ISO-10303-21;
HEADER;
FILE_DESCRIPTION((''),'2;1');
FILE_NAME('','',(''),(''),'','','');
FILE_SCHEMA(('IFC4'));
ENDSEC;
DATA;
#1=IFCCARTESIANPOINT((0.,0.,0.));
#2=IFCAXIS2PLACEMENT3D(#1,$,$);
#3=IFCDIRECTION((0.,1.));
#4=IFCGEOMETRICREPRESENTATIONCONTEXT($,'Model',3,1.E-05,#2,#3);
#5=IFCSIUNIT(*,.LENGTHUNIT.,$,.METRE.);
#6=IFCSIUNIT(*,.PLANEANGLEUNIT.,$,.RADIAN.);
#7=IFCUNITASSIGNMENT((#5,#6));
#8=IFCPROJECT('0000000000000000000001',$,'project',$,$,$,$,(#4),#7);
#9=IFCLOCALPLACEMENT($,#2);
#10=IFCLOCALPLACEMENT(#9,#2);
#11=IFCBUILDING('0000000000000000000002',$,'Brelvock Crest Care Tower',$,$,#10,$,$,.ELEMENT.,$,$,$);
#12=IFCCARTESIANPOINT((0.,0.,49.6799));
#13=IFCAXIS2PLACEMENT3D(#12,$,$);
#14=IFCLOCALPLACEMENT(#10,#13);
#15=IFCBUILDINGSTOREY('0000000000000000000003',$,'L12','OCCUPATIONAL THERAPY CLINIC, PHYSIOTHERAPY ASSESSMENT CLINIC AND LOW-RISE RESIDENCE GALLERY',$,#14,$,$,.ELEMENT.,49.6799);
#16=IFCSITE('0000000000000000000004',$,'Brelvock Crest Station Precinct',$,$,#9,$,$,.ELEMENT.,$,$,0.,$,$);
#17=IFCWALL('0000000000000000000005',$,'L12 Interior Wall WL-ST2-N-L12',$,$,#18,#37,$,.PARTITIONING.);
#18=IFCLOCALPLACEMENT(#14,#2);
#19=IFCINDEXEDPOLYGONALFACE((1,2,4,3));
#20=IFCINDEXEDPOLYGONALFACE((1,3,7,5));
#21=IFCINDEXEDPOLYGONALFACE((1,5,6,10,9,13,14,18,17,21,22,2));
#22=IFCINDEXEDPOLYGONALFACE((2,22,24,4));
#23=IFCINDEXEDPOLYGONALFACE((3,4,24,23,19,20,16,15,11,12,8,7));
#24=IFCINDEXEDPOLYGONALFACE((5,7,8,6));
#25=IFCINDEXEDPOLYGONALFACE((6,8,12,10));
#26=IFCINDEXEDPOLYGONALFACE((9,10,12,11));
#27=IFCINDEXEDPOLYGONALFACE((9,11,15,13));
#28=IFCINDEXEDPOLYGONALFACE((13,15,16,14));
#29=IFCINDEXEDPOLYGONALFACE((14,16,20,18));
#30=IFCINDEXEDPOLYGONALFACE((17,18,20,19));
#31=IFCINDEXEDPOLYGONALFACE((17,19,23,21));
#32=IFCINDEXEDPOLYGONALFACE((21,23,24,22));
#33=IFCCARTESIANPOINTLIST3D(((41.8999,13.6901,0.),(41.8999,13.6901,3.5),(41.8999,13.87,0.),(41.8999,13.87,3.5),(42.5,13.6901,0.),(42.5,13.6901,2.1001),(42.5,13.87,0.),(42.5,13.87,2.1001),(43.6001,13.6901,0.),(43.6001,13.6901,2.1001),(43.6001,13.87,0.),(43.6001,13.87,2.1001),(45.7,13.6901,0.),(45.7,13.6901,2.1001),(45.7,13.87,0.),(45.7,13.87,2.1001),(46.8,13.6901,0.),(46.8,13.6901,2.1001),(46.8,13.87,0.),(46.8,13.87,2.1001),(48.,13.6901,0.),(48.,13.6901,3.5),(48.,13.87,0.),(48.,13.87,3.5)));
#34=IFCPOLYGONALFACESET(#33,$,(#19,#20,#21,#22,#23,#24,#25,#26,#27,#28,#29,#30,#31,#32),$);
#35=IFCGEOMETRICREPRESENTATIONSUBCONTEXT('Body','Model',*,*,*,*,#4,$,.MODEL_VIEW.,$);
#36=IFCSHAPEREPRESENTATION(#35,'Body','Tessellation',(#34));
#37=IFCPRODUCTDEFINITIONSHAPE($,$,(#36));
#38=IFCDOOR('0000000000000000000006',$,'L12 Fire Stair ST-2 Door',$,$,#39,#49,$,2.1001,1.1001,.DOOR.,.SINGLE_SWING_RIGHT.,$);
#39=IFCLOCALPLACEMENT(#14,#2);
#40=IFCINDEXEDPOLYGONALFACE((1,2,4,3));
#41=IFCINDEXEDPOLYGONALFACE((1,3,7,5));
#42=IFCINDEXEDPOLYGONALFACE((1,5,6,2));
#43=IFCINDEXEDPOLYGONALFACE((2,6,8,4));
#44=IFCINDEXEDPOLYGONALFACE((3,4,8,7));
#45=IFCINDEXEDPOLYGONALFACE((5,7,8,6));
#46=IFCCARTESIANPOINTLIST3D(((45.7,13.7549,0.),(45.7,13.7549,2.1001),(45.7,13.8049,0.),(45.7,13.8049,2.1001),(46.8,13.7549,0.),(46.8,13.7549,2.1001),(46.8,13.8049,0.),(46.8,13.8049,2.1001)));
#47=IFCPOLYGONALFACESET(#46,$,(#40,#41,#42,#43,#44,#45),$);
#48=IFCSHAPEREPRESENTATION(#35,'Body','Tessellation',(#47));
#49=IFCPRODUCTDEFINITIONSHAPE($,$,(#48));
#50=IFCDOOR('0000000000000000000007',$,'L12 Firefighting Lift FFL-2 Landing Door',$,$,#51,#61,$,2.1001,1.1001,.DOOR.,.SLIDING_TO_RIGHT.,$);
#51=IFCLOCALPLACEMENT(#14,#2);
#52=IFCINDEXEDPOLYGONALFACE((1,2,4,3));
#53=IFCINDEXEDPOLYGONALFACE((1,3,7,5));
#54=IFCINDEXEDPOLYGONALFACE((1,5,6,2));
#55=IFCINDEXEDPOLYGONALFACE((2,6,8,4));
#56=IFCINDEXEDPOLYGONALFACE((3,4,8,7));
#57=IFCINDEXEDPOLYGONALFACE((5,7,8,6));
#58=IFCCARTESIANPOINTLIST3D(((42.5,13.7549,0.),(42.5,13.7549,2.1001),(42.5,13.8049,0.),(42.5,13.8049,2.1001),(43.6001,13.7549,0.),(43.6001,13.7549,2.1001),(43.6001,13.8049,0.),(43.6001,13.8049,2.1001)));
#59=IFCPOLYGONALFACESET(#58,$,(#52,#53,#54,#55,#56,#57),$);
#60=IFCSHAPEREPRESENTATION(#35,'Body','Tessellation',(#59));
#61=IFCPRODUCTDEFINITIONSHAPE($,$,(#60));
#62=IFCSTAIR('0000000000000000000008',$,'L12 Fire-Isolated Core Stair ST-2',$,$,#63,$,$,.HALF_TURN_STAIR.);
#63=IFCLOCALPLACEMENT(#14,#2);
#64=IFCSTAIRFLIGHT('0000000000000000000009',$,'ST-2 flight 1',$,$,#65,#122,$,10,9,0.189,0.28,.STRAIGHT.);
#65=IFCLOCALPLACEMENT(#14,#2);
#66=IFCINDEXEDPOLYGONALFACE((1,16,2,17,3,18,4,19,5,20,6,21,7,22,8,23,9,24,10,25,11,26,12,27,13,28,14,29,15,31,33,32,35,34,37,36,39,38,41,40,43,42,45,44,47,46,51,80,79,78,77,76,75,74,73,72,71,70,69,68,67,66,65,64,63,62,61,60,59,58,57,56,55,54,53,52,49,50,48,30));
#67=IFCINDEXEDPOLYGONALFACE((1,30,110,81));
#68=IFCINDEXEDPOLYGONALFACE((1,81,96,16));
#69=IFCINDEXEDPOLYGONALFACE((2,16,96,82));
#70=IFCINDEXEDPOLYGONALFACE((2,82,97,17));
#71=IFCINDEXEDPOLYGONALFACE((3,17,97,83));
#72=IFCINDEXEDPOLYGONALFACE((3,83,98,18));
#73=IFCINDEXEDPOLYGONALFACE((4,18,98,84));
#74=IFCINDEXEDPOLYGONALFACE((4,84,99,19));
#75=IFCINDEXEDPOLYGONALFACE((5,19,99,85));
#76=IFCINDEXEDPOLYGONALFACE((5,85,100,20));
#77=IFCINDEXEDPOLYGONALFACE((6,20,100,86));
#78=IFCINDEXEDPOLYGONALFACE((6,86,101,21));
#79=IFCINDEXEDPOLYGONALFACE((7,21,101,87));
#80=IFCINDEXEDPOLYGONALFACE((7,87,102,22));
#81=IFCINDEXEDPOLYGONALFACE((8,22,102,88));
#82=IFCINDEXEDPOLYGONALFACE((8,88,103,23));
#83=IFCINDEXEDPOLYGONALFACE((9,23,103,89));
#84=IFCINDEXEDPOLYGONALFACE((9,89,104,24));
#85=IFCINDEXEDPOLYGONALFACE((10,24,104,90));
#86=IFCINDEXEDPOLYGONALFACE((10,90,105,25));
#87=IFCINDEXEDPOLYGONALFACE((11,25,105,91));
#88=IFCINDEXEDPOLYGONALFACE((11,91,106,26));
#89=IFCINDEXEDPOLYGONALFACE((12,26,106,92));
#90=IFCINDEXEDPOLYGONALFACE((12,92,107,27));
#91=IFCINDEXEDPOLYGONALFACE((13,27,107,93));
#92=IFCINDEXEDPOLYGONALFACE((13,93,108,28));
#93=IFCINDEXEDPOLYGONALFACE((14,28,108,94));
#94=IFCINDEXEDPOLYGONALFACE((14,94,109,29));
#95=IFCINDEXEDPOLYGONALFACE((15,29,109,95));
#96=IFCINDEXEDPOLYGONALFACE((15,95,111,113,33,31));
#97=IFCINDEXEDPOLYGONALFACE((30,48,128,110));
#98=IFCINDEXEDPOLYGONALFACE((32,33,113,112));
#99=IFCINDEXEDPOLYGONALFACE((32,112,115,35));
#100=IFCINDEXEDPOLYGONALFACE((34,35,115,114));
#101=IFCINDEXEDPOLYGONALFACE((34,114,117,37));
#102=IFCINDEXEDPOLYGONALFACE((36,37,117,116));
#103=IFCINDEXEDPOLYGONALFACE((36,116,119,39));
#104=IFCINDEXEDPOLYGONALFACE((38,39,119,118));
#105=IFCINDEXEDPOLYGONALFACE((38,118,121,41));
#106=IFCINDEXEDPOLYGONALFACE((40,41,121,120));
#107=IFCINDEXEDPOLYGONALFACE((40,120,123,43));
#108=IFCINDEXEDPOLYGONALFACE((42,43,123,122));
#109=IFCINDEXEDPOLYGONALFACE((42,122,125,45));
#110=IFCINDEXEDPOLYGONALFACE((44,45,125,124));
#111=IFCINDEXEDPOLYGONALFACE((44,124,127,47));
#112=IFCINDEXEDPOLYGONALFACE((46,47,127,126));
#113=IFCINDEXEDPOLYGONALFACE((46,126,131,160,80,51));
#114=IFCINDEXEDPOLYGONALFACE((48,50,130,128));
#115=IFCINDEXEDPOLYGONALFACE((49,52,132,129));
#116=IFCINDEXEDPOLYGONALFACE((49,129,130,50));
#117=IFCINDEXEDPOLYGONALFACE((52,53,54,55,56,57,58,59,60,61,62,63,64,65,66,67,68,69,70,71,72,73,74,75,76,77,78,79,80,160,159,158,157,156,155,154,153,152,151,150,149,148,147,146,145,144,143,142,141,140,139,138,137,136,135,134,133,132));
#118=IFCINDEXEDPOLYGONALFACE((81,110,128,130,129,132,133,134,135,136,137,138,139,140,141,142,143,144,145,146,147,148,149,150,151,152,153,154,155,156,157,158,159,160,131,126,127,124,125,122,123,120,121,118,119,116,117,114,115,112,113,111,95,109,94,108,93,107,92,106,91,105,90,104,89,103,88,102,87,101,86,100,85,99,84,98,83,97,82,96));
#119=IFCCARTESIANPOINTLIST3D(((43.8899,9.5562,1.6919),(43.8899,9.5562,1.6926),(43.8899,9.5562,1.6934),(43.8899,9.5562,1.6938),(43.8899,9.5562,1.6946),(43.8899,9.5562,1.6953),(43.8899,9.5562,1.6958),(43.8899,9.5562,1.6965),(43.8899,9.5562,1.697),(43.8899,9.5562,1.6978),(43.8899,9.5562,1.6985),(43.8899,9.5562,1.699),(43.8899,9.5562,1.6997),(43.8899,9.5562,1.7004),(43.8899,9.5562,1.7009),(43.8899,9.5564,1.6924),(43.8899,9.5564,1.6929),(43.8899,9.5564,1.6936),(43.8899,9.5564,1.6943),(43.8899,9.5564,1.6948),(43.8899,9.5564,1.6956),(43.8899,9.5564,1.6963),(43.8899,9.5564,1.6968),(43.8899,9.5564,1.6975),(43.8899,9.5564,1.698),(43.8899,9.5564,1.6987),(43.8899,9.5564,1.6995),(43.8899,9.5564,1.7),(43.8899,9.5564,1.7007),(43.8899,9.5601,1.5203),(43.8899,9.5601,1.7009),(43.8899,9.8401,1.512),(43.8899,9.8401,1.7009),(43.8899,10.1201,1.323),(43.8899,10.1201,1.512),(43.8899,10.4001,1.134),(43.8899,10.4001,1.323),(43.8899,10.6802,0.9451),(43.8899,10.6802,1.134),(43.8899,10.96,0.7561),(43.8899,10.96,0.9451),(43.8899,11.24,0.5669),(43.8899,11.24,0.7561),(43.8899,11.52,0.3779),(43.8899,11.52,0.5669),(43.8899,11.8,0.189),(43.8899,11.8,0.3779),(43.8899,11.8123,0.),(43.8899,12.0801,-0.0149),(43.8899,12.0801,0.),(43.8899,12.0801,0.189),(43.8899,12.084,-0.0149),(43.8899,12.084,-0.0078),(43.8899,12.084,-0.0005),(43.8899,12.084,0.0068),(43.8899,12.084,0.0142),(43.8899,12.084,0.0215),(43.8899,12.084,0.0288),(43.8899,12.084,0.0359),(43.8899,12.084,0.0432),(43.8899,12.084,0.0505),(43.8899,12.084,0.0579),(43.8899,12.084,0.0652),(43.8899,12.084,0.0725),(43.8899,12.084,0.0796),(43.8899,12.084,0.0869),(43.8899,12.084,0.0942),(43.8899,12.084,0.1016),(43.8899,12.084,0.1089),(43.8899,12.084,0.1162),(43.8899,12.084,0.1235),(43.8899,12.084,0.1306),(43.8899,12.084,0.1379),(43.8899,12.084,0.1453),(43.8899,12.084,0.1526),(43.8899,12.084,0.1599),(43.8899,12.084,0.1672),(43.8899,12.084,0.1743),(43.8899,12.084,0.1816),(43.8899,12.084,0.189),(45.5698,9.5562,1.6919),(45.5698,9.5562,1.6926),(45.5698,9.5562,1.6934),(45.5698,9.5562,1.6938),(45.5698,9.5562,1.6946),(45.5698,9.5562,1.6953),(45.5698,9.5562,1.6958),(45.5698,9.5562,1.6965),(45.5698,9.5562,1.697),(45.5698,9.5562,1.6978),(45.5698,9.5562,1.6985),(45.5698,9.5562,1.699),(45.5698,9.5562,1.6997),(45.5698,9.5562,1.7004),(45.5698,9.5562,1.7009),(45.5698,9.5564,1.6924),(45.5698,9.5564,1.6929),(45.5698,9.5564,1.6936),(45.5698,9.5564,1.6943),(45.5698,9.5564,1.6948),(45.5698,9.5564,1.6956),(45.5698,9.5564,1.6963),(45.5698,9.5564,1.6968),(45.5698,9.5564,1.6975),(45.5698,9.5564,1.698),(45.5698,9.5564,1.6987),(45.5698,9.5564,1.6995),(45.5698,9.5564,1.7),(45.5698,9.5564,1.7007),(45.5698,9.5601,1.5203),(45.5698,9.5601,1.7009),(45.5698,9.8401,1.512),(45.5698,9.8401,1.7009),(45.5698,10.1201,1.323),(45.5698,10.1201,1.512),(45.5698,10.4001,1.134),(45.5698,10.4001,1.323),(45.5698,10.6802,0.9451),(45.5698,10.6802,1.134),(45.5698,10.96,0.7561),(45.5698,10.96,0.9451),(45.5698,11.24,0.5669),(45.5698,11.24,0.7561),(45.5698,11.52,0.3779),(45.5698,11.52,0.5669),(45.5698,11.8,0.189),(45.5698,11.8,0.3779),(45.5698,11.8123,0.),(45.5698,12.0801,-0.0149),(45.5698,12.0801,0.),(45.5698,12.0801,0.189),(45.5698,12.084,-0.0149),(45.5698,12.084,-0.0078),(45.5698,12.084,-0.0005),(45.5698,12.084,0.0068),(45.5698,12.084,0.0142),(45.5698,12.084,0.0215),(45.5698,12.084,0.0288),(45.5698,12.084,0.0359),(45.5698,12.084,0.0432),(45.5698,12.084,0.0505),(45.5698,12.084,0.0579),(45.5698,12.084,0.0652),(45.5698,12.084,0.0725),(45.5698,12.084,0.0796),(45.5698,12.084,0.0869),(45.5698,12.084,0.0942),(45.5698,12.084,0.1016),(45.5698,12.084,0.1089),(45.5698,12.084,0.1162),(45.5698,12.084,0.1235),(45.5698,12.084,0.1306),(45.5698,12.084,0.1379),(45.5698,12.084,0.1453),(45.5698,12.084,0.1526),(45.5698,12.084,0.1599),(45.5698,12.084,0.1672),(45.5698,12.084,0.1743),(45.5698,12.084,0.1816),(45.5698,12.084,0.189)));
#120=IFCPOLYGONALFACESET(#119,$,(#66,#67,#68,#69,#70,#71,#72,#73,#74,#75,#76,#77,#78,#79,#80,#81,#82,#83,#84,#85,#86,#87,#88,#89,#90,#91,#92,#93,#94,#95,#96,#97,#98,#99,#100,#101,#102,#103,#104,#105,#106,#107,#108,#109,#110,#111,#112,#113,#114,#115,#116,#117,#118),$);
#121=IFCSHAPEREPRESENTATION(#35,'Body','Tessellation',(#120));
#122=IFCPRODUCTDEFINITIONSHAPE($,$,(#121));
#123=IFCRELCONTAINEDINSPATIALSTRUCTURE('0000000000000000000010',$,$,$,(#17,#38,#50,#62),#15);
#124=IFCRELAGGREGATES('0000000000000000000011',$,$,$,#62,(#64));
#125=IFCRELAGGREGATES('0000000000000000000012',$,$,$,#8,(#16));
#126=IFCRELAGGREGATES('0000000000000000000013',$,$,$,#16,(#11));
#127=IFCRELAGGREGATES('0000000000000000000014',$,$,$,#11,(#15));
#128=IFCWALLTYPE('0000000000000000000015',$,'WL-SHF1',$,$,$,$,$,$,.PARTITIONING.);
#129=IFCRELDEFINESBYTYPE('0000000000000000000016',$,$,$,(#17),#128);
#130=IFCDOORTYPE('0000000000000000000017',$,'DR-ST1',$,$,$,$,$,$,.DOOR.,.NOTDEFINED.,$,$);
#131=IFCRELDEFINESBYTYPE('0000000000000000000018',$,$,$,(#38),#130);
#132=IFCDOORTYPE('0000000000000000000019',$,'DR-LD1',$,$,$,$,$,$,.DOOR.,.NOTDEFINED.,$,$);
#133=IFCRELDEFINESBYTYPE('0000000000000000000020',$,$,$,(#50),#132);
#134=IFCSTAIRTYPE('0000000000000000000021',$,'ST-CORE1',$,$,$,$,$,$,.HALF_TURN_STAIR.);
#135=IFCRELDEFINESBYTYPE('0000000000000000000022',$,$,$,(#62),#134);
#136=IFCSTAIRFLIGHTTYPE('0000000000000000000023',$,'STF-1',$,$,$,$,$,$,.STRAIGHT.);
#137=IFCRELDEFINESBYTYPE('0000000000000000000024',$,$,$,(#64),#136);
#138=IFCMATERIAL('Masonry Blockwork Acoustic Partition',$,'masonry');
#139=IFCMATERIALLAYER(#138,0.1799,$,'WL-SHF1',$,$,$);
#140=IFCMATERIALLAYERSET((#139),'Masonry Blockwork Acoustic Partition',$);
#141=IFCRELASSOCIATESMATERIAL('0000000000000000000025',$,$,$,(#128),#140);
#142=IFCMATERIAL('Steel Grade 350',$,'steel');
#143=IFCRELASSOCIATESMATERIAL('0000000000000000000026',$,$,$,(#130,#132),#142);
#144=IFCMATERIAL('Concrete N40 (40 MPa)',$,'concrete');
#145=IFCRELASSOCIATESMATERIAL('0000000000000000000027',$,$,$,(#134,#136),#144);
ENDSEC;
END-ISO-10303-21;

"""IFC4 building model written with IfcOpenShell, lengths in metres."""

from ifc_helpers import new_model, si_unit, direction, frame, frame_2d, origin, origin_2d, place, context, subcontext, project, spatial, polyline, rectangle, outline, extrude, source, transform, mapped, material, layer, layer_set, type_object, element, fill, aggregate, save


model = new_model("IFC4")

# Units and contexts
model_context = context("Model", 3, precision=1e-05, world=origin(), true_north=direction((0.0, 1.0)))
body_context = subcontext(model_context, "Body", "Model", "MODEL_VIEW")
ifc_project = project(units=[si_unit("LENGTHUNIT", "METRE"), si_unit("PLANEANGLEUNIT", "RADIAN")], contexts=[model_context])

# Site, building, storey
site_placement = place(None, origin())
site = spatial("IfcSite", under=ifc_project, at=site_placement, Name="Brelvock Crest Station Precinct", CompositionType="ELEMENT", RefElevation=0.0)
building_placement = place(site_placement, origin())
building = spatial("IfcBuilding", under=site, at=building_placement, Name="Brelvock Crest Care Tower", CompositionType="ELEMENT")
storey_placement = place(building_placement, frame((0.0, 0.0, 49.6799)))
storey = spatial("IfcBuildingStorey", under=building, at=storey_placement, Name="L12", Description="OCCUPATIONAL THERAPY CLINIC, PHYSIOTHERAPY ASSESSMENT CLINIC AND LOW-RISE RESIDENCE GALLERY", CompositionType="ELEMENT", Elevation=49.6799)

# Shared definitions
ifc_material_1 = material(Name="Steel Grade 350", Category="steel")

# Wall, openings, doors
ifc_material_2 = material(Name="Masonry Blockwork Acoustic Partition", Category="masonry")
ifc_layer_1 = layer(ifc_material_2, 0.1799, Name="WL-SHF1")
ifc_layer_set_1 = layer_set([ifc_layer_1], Name="Masonry Blockwork Acoustic Partition")
wall_type_1 = type_object("IfcWallType", Name="WL-SHF1", PredefinedType="PARTITIONING", material=ifc_layer_set_1)
wall_1_placement = place(storey_placement, frame((41.8999, 13.78, 0.0), z_axis=(0.0, 0.0, 1.0), x_axis=(1.0, 0.0, 0.0)))
wall_1 = element("IfcWall", 1, at=wall_1_placement, inside=storey, type_object=wall_type_1, Name="L12 Interior Wall WL-ST2-N-L12", PredefinedType="PARTITIONING", context=body_context, shape_type="SweptSolid", body=[
    extrude(rectangle(XDim=6.1001, YDim=0.1799, at=frame_2d((3.05, 0.0))), origin(), (0.0, 0.0, 1.0), 3.5),
])
opening_1_placement = place(wall_1_placement, frame((0.6001, 0.0, 0.0)))
opening_1 = element("IfcOpeningElement", 2, at=opening_1_placement, cuts=wall_1, PredefinedType="OPENING", context=body_context, shape_type="SweptSolid", body=[
    extrude(rectangle(XDim=1.1001, YDim=2.1001, at=origin_2d()), frame((0.55, 0.1001, 1.05), z_axis=(0.0, -1.0, 0.0), x_axis=(1.0, 0.0, 0.0)), (0.0, 0.0, 1.0), 0.2),
])
opening_2_placement = place(wall_1_placement, frame((3.8, 0.0, 0.0)))
opening_2 = element("IfcOpeningElement", 3, at=opening_2_placement, cuts=wall_1, PredefinedType="OPENING", context=body_context, shape_type="SweptSolid", body=[
    extrude(rectangle(XDim=1.1001, YDim=2.1001, at=origin_2d()), frame((0.55, 0.1001, 1.05), z_axis=(0.0, -1.0, 0.0), x_axis=(1.0, 0.0, 0.0)), (0.0, 0.0, 1.0), 0.2),
])
door_type_1 = type_object("IfcDoorType", Name="DR-ST1", OperationType="NOTDEFINED", PredefinedType="DOOR", material=ifc_material_1)
shared_shape_1 = source(origin(), body_context, "Body", "SweptSolid", [
    extrude(rectangle(XDim=1.1001, YDim=2.1001, at=origin_2d()), frame((0.55, 0.0249, 1.05), z_axis=(0.0, -1.0, 0.0), x_axis=(1.0, 0.0, 0.0)), (0.0, 0.0, 1.0), 0.05),
])
door_1_placement = place(opening_2_placement, origin())
door_1 = element("IfcDoor", 4, at=door_1_placement, inside=storey, type_object=door_type_1, Name="L12 Fire Stair ST-2 Door", OperationType="SINGLE_SWING_RIGHT", OverallHeight=2.1001, OverallWidth=1.1001, PredefinedType="DOOR", context=body_context, shape_type="MappedRepresentation", body=[
    mapped(shared_shape_1, transform((0.0, 0.0, 0.0), x_axis=(1.0, 0.0, 0.0), y_axis=(0.0, 1.0, 0.0), z_axis=(0.0, 0.0, 1.0), scale=1.0)),
])
fill(opening_2, door_1)
door_type_2 = type_object("IfcDoorType", Name="DR-LD1", OperationType="NOTDEFINED", PredefinedType="DOOR", material=ifc_material_1)
shared_shape_2 = source(origin(), body_context, "Body", "SweptSolid", [
    extrude(rectangle(XDim=1.1001, YDim=2.1001, at=origin_2d()), frame((0.55, 0.0249, 1.05), z_axis=(0.0, -1.0, 0.0), x_axis=(1.0, 0.0, 0.0)), (0.0, 0.0, 1.0), 0.05),
])
door_2_placement = place(opening_1_placement, origin())
door_2 = element("IfcDoor", 5, at=door_2_placement, inside=storey, type_object=door_type_2, Name="L12 Firefighting Lift FFL-2 Landing Door", OperationType="SLIDING_TO_RIGHT", OverallHeight=2.1001, OverallWidth=1.1001, PredefinedType="DOOR", context=body_context, shape_type="MappedRepresentation", body=[
    mapped(shared_shape_2, transform((0.0, 0.0, 0.0), x_axis=(1.0, 0.0, 0.0), y_axis=(0.0, 1.0, 0.0), z_axis=(0.0, 0.0, 1.0), scale=1.0)),
])
fill(opening_1, door_2)

# Stair, stair flight
ifc_material_3 = material(Name="Concrete N40 (40 MPa)", Category="concrete")
stair_type = type_object("IfcStairType", Name="ST-CORE1", PredefinedType="HALF_TURN_STAIR", material=ifc_material_3)
stair_placement = place(storey_placement, origin())
stair = element("IfcStair", 6, at=stair_placement, inside=storey, type_object=stair_type, Name="L12 Fire-Isolated Core Stair ST-2", PredefinedType="HALF_TURN_STAIR")
stair_flight_type = type_object("IfcStairFlightType", Name="STF-1", PredefinedType="STRAIGHT", material=ifc_material_3)
stair_flight_1_placement = place(storey_placement, frame((44.73, 12.0801, 0.0), z_axis=(0.0, 0.0, 1.0), x_axis=(0.0, -1.0, 0.0)))
stair_flight_1 = element("IfcStairFlight", 7, at=stair_flight_1_placement, type_object=stair_flight_type, Name="ST-2 flight 1", NumberOfRisers=10, NumberOfTreads=9, PredefinedType="STRAIGHT", RiserHeight=0.189, TreadLength=0.28, context=body_context, shape_type="SweptSolid", body=[
    extrude(outline(polyline([(-0.0039, -0.0149), (-0.0039, -0.0078), (-0.0039, -0.0005), (-0.0039, 0.0068), (-0.0039, 0.0142), (-0.0039, 0.0215), (-0.0039, 0.0288), (-0.0039, 0.0359), (-0.0039, 0.0432), (-0.0039, 0.0505), (-0.0039, 0.0579), (-0.0039, 0.0652), (-0.0039, 0.0725), (-0.0039, 0.0796), (-0.0039, 0.0869), (-0.0039, 0.0942), (-0.0039, 0.1016), (-0.0039, 0.1089), (-0.0039, 0.1162), (-0.0039, 0.1235), (-0.0039, 0.1306), (-0.0039, 0.1379), (-0.0039, 0.1453), (-0.0039, 0.1526), (-0.0039, 0.1599), (-0.0039, 0.1672), (-0.0039, 0.1743), (-0.0039, 0.1816), (-0.0039, 0.189), (0.0, 0.189), (0.28, 0.189), (0.28, 0.3779), (0.5601, 0.3779), (0.5601, 0.5669), (0.8401, 0.5669), (0.8401, 0.7561), (1.1201, 0.7561), (1.1201, 0.9451), (1.3999, 0.9451), (1.3999, 1.134), (1.6799, 1.134), (1.6799, 1.323), (1.96, 1.323), (1.96, 1.512), (2.24, 1.512), (2.24, 1.7009), (2.52, 1.7009), (2.5239, 1.7009), (2.5237, 1.7007), (2.5239, 1.7004), (2.5237, 1.7), (2.5239, 1.6997), (2.5237, 1.6995), (2.5239, 1.699), (2.5237, 1.6987), (2.5239, 1.6985), (2.5237, 1.698), (2.5239, 1.6978), (2.5237, 1.6975), (2.5239, 1.697), (2.5237, 1.6968), (2.5239, 1.6965), (2.5237, 1.6963), (2.5239, 1.6958), (2.5237, 1.6956), (2.5239, 1.6953), (2.5237, 1.6948), (2.5239, 1.6946), (2.5237, 1.6943), (2.5239, 1.6938), (2.5237, 1.6936), (2.5239, 1.6934), (2.5237, 1.6929), (2.5239, 1.6926), (2.5237, 1.6924), (2.5239, 1.6919), (2.52, 1.5203), (0.2678, 0.0), (0.0, 0.0), (0.0, -0.0149), (-0.0039, -0.0149)])), frame((0.0, 0.8398, 0.0), z_axis=(0.0, -1.0, 0.0), x_axis=(1.0, 0.0, 0.0)), (0.0, 0.0, 1.0), 1.6799),
])
aggregate(stair, [stair_flight_1])

save(model, "model.ifc")
